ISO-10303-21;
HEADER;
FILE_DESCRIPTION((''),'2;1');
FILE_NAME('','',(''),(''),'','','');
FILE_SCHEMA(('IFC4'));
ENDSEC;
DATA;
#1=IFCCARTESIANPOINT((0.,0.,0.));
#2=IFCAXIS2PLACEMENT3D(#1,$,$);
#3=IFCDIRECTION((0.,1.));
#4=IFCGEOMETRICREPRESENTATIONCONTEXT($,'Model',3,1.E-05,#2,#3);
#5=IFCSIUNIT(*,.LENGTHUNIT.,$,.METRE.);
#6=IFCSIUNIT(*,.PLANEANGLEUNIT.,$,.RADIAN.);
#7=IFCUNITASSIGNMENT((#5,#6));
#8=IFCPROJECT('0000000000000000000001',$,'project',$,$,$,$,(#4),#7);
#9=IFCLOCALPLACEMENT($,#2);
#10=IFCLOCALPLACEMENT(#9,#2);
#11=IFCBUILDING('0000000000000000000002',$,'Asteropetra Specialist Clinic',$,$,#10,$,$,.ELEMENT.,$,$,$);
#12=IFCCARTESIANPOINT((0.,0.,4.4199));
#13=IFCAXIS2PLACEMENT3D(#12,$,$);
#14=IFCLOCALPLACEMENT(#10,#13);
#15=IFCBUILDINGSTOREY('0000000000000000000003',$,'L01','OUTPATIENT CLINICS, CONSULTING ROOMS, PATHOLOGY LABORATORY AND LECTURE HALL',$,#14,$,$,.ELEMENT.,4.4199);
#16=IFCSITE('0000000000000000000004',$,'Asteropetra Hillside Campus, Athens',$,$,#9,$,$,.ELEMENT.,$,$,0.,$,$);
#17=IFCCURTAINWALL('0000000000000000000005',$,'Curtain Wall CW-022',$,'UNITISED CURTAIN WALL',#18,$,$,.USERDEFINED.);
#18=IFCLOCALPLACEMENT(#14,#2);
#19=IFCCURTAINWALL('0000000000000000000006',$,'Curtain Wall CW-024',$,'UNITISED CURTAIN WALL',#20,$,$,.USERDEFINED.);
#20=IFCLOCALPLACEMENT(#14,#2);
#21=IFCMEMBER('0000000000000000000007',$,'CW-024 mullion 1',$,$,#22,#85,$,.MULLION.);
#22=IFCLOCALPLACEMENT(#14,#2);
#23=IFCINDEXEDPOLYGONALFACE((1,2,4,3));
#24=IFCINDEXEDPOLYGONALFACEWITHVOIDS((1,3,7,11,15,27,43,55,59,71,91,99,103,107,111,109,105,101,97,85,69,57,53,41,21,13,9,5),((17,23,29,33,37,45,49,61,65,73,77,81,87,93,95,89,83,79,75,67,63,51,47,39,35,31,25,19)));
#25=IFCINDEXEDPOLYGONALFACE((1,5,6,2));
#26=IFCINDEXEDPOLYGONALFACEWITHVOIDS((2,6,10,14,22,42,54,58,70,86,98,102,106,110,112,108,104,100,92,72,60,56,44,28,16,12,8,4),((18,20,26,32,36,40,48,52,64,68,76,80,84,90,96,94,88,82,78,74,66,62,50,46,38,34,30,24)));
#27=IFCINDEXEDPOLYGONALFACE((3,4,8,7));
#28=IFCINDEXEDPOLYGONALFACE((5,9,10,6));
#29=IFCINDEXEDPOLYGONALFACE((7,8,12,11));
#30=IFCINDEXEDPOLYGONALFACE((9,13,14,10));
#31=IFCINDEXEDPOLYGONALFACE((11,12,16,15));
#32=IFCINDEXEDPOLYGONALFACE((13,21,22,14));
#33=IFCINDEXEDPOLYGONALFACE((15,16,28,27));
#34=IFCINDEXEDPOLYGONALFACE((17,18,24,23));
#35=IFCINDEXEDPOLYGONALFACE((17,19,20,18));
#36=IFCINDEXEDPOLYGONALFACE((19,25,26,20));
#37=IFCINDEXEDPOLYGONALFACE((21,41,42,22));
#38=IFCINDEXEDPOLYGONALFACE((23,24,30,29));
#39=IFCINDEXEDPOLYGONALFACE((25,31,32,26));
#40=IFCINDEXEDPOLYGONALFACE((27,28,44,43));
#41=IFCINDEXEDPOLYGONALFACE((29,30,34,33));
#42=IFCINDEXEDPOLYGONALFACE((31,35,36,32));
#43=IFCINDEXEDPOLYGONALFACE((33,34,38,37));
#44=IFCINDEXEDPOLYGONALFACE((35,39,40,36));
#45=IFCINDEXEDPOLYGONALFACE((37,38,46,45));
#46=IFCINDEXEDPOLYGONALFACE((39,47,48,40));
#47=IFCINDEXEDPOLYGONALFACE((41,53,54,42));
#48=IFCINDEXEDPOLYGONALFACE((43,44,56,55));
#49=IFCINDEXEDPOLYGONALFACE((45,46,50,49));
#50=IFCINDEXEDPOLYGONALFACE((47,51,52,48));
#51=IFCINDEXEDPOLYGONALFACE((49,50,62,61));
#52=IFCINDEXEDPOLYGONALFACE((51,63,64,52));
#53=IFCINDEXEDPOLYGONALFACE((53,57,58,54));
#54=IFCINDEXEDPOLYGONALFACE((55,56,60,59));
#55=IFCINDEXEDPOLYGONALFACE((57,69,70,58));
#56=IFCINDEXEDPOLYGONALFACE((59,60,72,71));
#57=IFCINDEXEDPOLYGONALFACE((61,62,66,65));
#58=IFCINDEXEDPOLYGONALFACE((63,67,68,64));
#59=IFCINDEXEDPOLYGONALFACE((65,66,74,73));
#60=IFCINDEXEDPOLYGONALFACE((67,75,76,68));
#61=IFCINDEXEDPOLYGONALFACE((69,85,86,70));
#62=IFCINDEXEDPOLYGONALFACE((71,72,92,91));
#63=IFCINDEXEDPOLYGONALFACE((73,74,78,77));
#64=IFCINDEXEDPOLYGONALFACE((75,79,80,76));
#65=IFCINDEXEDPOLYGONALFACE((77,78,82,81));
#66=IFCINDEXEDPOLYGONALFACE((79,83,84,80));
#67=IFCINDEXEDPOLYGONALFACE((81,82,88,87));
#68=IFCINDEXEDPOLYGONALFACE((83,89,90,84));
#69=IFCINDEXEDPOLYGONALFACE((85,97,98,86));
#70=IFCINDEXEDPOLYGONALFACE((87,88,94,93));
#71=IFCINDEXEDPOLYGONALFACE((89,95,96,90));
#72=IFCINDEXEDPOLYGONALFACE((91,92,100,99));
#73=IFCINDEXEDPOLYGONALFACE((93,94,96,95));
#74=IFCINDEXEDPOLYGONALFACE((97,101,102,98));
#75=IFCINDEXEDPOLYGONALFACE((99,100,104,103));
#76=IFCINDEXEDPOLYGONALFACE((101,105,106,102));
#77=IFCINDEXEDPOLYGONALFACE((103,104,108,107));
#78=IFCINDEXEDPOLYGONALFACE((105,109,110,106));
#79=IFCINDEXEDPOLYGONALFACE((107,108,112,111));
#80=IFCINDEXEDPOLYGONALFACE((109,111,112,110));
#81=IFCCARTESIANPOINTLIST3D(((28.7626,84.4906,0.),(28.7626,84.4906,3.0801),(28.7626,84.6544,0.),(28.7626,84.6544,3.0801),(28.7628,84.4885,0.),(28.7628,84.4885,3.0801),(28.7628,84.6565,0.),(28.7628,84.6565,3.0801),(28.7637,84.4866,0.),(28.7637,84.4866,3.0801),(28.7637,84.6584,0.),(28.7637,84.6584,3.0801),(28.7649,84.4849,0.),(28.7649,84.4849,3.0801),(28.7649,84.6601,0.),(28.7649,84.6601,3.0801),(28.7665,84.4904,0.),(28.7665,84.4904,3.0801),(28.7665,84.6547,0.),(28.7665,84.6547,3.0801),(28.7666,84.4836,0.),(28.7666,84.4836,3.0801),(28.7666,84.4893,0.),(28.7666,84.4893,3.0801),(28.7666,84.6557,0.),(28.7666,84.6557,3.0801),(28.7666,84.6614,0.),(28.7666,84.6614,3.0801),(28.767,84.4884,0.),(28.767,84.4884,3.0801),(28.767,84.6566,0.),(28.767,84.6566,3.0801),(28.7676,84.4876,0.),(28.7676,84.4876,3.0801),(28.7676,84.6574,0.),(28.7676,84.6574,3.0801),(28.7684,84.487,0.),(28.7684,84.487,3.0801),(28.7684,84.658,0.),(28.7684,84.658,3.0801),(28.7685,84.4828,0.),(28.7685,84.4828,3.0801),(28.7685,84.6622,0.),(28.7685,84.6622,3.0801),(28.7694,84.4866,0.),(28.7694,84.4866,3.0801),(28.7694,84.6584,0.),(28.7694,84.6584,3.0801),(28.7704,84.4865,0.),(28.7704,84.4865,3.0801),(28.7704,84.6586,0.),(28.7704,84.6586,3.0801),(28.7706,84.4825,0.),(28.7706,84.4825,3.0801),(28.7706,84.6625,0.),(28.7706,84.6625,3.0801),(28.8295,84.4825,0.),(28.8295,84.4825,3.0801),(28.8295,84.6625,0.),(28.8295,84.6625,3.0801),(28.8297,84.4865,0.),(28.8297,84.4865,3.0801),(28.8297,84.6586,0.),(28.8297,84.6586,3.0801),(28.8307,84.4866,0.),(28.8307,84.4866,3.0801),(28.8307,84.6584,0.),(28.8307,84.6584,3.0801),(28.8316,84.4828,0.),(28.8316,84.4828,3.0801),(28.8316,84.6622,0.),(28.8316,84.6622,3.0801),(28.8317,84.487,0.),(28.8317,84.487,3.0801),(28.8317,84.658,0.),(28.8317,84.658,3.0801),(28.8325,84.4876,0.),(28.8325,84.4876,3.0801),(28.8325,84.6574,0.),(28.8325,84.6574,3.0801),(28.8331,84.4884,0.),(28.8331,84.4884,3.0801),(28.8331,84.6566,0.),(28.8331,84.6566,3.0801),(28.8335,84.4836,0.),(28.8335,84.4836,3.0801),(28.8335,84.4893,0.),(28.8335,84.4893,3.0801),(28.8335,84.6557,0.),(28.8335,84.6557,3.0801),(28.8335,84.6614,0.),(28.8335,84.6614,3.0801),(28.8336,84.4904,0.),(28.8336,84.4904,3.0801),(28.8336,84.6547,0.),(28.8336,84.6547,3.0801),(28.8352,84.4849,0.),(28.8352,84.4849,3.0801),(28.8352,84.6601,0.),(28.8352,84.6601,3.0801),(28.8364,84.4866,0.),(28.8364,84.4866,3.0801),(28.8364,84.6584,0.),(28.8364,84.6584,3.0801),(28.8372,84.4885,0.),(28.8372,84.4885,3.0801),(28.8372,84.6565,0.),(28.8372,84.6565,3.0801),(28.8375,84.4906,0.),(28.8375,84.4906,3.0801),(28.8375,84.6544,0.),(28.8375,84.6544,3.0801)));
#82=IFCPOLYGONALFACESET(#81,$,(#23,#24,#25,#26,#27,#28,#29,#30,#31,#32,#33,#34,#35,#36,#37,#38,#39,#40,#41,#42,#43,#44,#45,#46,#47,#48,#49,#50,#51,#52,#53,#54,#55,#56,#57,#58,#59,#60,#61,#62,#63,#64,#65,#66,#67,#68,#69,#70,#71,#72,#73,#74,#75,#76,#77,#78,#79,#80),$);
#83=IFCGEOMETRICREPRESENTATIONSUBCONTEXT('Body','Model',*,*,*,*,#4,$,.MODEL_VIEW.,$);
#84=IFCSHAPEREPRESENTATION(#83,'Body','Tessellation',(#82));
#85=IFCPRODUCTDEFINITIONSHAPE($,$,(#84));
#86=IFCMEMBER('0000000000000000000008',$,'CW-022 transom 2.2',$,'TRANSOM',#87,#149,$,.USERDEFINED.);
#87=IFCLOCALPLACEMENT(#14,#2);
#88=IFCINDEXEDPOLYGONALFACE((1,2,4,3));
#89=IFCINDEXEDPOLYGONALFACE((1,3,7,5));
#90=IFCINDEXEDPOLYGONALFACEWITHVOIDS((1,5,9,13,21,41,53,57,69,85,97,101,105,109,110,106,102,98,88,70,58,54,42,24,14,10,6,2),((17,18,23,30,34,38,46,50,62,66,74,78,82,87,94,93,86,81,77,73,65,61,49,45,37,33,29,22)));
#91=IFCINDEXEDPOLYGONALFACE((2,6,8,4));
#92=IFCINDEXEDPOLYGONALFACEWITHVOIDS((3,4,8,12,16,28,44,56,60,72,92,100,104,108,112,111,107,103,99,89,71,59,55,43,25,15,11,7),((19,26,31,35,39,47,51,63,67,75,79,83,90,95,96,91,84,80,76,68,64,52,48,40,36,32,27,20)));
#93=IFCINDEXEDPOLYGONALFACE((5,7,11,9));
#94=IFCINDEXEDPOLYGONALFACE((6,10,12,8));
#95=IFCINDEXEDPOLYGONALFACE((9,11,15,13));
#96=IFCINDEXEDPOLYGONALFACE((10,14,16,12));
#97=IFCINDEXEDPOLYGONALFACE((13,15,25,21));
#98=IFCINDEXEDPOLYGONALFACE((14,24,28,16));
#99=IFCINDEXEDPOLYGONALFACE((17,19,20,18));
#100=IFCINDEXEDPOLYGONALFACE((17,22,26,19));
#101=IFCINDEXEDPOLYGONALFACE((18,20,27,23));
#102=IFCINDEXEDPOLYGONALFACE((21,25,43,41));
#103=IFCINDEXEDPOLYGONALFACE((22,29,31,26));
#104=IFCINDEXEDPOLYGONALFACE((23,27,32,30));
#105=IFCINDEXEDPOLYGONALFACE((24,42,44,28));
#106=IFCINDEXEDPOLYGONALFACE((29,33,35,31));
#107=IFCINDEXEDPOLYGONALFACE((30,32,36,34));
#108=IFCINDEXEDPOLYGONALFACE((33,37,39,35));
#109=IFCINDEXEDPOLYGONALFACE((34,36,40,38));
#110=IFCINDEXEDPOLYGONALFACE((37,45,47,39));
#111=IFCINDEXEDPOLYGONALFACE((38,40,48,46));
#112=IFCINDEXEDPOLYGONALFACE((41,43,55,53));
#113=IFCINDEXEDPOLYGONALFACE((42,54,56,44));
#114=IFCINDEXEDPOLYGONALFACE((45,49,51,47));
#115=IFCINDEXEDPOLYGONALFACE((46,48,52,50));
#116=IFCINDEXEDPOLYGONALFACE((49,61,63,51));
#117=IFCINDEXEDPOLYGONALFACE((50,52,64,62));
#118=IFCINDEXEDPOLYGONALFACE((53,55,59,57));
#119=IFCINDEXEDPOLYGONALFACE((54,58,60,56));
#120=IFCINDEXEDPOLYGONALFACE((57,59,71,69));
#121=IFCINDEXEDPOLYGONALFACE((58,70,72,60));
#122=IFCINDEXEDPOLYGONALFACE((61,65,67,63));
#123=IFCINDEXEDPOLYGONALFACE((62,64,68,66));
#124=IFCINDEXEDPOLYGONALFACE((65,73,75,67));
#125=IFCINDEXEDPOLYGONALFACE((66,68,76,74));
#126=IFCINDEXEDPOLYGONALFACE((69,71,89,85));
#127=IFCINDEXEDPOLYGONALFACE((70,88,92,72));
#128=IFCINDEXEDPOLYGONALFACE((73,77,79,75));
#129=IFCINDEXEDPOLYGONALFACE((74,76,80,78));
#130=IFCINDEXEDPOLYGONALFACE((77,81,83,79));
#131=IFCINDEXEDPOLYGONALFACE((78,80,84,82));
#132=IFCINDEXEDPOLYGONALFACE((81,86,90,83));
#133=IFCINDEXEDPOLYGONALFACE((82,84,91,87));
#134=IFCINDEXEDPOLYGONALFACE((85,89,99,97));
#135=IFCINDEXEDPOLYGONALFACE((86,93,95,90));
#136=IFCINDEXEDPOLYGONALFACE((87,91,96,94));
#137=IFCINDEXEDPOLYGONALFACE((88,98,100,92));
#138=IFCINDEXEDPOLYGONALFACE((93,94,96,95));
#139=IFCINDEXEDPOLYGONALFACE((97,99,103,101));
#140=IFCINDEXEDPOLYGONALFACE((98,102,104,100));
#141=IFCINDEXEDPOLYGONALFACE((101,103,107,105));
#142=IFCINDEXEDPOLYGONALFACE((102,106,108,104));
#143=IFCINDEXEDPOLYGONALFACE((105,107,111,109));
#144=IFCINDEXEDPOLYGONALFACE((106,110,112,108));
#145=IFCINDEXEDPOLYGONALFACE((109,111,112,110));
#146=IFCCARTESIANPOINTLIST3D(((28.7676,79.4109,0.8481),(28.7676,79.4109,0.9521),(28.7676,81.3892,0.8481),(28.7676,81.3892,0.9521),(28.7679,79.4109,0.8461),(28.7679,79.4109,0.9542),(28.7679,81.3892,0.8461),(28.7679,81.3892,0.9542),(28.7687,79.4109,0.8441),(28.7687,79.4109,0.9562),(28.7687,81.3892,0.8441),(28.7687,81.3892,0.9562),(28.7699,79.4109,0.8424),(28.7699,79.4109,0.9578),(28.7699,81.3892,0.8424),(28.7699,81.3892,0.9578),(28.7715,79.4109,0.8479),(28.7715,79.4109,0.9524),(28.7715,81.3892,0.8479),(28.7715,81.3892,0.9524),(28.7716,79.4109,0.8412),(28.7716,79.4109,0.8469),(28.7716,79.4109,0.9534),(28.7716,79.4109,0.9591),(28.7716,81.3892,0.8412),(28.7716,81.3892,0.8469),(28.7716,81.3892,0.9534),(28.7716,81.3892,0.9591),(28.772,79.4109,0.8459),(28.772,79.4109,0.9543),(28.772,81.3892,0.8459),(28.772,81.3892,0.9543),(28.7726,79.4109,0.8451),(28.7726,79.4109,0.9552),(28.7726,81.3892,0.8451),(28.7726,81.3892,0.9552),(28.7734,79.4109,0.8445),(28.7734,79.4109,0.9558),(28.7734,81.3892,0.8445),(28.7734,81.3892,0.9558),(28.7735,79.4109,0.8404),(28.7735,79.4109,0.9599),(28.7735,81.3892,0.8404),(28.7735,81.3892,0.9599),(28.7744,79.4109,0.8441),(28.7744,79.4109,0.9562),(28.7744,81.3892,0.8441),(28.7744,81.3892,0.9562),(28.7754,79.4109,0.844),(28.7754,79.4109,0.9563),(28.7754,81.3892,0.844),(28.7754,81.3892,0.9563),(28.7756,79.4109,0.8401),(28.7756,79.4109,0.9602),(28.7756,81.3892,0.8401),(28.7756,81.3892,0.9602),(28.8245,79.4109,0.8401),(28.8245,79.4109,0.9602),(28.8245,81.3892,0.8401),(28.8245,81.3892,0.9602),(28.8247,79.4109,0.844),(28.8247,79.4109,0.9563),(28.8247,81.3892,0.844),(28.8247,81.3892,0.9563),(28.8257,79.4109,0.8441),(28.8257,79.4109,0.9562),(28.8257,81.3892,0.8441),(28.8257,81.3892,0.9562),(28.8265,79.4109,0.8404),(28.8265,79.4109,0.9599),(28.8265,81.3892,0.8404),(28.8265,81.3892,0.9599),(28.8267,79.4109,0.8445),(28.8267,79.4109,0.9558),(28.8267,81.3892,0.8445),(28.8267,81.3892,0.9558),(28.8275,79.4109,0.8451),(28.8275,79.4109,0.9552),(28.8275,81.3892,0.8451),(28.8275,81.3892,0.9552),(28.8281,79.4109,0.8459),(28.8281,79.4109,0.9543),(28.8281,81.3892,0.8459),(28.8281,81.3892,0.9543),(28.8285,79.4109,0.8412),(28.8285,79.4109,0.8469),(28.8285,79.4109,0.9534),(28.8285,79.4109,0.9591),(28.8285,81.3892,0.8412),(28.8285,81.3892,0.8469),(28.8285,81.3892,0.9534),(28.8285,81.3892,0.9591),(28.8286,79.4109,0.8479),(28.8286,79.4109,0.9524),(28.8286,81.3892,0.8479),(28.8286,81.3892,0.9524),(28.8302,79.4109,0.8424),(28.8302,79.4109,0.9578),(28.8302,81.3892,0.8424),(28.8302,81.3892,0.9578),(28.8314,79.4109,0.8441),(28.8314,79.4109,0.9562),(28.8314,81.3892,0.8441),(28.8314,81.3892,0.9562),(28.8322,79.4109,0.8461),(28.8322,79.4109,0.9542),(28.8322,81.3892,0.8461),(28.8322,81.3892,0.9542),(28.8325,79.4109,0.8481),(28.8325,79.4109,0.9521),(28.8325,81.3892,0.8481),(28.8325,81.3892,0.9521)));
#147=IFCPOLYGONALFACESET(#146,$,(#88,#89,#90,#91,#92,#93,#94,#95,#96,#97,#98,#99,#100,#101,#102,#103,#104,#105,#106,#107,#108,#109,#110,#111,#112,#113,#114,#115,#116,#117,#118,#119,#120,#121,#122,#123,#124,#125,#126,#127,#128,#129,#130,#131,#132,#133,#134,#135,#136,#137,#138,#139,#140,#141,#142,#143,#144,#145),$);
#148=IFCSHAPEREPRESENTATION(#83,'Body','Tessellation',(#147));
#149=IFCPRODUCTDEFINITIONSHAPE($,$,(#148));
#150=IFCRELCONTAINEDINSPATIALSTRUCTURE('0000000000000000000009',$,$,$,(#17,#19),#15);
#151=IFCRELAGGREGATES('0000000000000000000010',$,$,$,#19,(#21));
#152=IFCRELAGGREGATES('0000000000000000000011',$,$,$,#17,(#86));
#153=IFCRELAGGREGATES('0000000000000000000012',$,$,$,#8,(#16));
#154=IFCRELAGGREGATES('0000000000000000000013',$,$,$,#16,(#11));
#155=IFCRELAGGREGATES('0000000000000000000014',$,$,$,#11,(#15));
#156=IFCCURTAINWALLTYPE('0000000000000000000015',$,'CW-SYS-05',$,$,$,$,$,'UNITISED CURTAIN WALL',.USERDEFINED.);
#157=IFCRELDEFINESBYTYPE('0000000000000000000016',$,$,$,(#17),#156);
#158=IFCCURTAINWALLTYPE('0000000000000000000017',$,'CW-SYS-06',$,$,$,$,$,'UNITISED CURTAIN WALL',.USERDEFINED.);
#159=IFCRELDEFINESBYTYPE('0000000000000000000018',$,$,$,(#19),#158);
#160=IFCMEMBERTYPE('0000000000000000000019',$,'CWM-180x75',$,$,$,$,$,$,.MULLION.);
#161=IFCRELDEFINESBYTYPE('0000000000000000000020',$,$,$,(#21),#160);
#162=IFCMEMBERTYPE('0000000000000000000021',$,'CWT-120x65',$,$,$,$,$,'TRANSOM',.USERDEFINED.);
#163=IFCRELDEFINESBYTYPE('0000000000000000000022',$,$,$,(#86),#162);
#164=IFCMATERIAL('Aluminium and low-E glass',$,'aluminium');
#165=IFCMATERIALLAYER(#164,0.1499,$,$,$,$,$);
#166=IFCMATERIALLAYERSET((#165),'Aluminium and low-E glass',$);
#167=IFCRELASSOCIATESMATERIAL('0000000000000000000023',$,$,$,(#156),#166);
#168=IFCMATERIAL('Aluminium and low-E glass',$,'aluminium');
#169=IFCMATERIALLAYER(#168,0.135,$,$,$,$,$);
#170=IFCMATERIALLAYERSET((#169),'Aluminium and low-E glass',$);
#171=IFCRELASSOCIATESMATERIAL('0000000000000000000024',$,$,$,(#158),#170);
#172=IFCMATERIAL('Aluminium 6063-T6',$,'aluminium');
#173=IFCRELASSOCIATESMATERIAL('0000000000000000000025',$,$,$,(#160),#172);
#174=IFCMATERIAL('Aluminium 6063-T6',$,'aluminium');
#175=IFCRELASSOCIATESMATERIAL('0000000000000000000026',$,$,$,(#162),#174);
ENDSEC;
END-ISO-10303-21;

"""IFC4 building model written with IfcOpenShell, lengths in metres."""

from ifc_helpers import new_model, si_unit, direction, frame, origin, origin_2d, place, context, subcontext, project, spatial, hollow_rectangle, extrude, material, layer, layer_set, material_profile, profile_set, type_object, element, aggregate, save


model = new_model("IFC4")

# Units and contexts
model_context = context("Model", 3, precision=1e-05, world=origin(), true_north=direction((0.0, 1.0)))
body_context = subcontext(model_context, "Body", "Model", "MODEL_VIEW")
ifc_project = project(units=[si_unit("LENGTHUNIT", "METRE"), si_unit("PLANEANGLEUNIT", "RADIAN")], contexts=[model_context])

# Site, building, storey
site_placement = place(None, origin())
site = spatial("IfcSite", under=ifc_project, at=site_placement, Name="Asteropetra Hillside Campus, Athens", CompositionType="ELEMENT", RefElevation=0.0)
building_placement = place(site_placement, origin())
building = spatial("IfcBuilding", under=site, at=building_placement, Name="Asteropetra Specialist Clinic", CompositionType="ELEMENT")
storey_placement = place(building_placement, frame((0.0, 0.0, 4.4199)))
storey = spatial("IfcBuildingStorey", under=building, at=storey_placement, Name="L01", Description="OUTPATIENT CLINICS, CONSULTING ROOMS, PATHOLOGY LABORATORY AND LECTURE HALL", CompositionType="ELEMENT", Elevation=4.4199)

# Curtain wall
ifc_material_1 = material(Name="Aluminium and low-E glass", Category="aluminium")
ifc_layer_1 = layer(ifc_material_1, 0.1499)
ifc_layer_set_1 = layer_set([ifc_layer_1], Name="Aluminium and low-E glass")
curtain_wall_type_1 = type_object("IfcCurtainWallType", Name="CW-SYS-05", ElementType="UNITISED CURTAIN WALL", PredefinedType="USERDEFINED", material=ifc_layer_set_1)
curtain_wall_1_placement = place(storey_placement, origin())
curtain_wall_1 = element("IfcCurtainWall", 1, at=curtain_wall_1_placement, inside=storey, type_object=curtain_wall_type_1, Name="Curtain Wall CW-022", ObjectType="UNITISED CURTAIN WALL", PredefinedType="USERDEFINED")

# Curtain wall, member
ifc_material_2 = material(Name="Aluminium and low-E glass", Category="aluminium")
ifc_layer_2 = layer(ifc_material_2, 0.135)
ifc_layer_set_2 = layer_set([ifc_layer_2], Name="Aluminium and low-E glass")
curtain_wall_type_2 = type_object("IfcCurtainWallType", Name="CW-SYS-06", ElementType="UNITISED CURTAIN WALL", PredefinedType="USERDEFINED", material=ifc_layer_set_2)
curtain_wall_2_placement = place(storey_placement, origin())
curtain_wall_2 = element("IfcCurtainWall", 2, at=curtain_wall_2_placement, inside=storey, type_object=curtain_wall_type_2, Name="Curtain Wall CW-024", ObjectType="UNITISED CURTAIN WALL", PredefinedType="USERDEFINED")
ifc_material_3 = material(Name="Aluminium 6063-T6", Category="aluminium")
ifc_material_profile_1 = material_profile(ifc_material_3, hollow_rectangle(XDim=0.075, YDim=0.1799, WallThickness=0.0039, InnerFilletRadius=0.0039, OuterFilletRadius=0.0081, at=origin_2d()), Name="MUL 180x75x4.0")
ifc_profile_set_1 = profile_set([ifc_material_profile_1], Name="Aluminium 6063-T6")
member_type_1 = type_object("IfcMemberType", Name="CWM-180x75", PredefinedType="MULLION", material=ifc_profile_set_1)
member_1_placement = place(storey_placement, frame((28.8, 84.5725, 0.0), z_axis=(0.0, 0.0, 1.0), x_axis=(-1.0, 0.0, 0.0)))
member_1 = element("IfcMember", 3, at=member_1_placement, type_object=member_type_1, Name="CW-024 mullion 1", PredefinedType="MULLION", context=body_context, shape_type="SweptSolid", body=[
    extrude(hollow_rectangle(XDim=0.075, YDim=0.1799, WallThickness=0.0039, InnerFilletRadius=0.0039, OuterFilletRadius=0.0081, at=origin_2d()), origin(), (0.0, 0.0, 1.0), 3.0801),
])

# Member
ifc_material_4 = material(Name="Aluminium 6063-T6", Category="aluminium")
ifc_material_profile_2 = material_profile(ifc_material_4, hollow_rectangle(XDim=0.0649, YDim=0.1201, WallThickness=0.0039, InnerFilletRadius=0.0039, OuterFilletRadius=0.0081, at=origin_2d()), Name="TRN 120x65x4.0")
ifc_profile_set_2 = profile_set([ifc_material_profile_2], Name="Aluminium 6063-T6")
member_type_2 = type_object("IfcMemberType", Name="CWT-120x65", ElementType="TRANSOM", PredefinedType="USERDEFINED", material=ifc_profile_set_2)
member_2_placement = place(storey_placement, frame((28.8, 79.4109, 0.9001), z_axis=(0.0, 1.0, 0.0), x_axis=(-1.0, 0.0, 0.0)))
member_2 = element("IfcMember", 4, at=member_2_placement, type_object=member_type_2, Name="CW-022 transom 2.2", ObjectType="TRANSOM", PredefinedType="USERDEFINED", context=body_context, shape_type="SweptSolid", body=[
    extrude(hollow_rectangle(XDim=0.0649, YDim=0.1201, WallThickness=0.0039, InnerFilletRadius=0.0039, OuterFilletRadius=0.0081, at=origin_2d()), origin(), (0.0, 0.0, 1.0), 1.9783),
])
aggregate(curtain_wall_2, [member_1])

aggregate(curtain_wall_1, [member_2])

save(model, "model.ifc")
